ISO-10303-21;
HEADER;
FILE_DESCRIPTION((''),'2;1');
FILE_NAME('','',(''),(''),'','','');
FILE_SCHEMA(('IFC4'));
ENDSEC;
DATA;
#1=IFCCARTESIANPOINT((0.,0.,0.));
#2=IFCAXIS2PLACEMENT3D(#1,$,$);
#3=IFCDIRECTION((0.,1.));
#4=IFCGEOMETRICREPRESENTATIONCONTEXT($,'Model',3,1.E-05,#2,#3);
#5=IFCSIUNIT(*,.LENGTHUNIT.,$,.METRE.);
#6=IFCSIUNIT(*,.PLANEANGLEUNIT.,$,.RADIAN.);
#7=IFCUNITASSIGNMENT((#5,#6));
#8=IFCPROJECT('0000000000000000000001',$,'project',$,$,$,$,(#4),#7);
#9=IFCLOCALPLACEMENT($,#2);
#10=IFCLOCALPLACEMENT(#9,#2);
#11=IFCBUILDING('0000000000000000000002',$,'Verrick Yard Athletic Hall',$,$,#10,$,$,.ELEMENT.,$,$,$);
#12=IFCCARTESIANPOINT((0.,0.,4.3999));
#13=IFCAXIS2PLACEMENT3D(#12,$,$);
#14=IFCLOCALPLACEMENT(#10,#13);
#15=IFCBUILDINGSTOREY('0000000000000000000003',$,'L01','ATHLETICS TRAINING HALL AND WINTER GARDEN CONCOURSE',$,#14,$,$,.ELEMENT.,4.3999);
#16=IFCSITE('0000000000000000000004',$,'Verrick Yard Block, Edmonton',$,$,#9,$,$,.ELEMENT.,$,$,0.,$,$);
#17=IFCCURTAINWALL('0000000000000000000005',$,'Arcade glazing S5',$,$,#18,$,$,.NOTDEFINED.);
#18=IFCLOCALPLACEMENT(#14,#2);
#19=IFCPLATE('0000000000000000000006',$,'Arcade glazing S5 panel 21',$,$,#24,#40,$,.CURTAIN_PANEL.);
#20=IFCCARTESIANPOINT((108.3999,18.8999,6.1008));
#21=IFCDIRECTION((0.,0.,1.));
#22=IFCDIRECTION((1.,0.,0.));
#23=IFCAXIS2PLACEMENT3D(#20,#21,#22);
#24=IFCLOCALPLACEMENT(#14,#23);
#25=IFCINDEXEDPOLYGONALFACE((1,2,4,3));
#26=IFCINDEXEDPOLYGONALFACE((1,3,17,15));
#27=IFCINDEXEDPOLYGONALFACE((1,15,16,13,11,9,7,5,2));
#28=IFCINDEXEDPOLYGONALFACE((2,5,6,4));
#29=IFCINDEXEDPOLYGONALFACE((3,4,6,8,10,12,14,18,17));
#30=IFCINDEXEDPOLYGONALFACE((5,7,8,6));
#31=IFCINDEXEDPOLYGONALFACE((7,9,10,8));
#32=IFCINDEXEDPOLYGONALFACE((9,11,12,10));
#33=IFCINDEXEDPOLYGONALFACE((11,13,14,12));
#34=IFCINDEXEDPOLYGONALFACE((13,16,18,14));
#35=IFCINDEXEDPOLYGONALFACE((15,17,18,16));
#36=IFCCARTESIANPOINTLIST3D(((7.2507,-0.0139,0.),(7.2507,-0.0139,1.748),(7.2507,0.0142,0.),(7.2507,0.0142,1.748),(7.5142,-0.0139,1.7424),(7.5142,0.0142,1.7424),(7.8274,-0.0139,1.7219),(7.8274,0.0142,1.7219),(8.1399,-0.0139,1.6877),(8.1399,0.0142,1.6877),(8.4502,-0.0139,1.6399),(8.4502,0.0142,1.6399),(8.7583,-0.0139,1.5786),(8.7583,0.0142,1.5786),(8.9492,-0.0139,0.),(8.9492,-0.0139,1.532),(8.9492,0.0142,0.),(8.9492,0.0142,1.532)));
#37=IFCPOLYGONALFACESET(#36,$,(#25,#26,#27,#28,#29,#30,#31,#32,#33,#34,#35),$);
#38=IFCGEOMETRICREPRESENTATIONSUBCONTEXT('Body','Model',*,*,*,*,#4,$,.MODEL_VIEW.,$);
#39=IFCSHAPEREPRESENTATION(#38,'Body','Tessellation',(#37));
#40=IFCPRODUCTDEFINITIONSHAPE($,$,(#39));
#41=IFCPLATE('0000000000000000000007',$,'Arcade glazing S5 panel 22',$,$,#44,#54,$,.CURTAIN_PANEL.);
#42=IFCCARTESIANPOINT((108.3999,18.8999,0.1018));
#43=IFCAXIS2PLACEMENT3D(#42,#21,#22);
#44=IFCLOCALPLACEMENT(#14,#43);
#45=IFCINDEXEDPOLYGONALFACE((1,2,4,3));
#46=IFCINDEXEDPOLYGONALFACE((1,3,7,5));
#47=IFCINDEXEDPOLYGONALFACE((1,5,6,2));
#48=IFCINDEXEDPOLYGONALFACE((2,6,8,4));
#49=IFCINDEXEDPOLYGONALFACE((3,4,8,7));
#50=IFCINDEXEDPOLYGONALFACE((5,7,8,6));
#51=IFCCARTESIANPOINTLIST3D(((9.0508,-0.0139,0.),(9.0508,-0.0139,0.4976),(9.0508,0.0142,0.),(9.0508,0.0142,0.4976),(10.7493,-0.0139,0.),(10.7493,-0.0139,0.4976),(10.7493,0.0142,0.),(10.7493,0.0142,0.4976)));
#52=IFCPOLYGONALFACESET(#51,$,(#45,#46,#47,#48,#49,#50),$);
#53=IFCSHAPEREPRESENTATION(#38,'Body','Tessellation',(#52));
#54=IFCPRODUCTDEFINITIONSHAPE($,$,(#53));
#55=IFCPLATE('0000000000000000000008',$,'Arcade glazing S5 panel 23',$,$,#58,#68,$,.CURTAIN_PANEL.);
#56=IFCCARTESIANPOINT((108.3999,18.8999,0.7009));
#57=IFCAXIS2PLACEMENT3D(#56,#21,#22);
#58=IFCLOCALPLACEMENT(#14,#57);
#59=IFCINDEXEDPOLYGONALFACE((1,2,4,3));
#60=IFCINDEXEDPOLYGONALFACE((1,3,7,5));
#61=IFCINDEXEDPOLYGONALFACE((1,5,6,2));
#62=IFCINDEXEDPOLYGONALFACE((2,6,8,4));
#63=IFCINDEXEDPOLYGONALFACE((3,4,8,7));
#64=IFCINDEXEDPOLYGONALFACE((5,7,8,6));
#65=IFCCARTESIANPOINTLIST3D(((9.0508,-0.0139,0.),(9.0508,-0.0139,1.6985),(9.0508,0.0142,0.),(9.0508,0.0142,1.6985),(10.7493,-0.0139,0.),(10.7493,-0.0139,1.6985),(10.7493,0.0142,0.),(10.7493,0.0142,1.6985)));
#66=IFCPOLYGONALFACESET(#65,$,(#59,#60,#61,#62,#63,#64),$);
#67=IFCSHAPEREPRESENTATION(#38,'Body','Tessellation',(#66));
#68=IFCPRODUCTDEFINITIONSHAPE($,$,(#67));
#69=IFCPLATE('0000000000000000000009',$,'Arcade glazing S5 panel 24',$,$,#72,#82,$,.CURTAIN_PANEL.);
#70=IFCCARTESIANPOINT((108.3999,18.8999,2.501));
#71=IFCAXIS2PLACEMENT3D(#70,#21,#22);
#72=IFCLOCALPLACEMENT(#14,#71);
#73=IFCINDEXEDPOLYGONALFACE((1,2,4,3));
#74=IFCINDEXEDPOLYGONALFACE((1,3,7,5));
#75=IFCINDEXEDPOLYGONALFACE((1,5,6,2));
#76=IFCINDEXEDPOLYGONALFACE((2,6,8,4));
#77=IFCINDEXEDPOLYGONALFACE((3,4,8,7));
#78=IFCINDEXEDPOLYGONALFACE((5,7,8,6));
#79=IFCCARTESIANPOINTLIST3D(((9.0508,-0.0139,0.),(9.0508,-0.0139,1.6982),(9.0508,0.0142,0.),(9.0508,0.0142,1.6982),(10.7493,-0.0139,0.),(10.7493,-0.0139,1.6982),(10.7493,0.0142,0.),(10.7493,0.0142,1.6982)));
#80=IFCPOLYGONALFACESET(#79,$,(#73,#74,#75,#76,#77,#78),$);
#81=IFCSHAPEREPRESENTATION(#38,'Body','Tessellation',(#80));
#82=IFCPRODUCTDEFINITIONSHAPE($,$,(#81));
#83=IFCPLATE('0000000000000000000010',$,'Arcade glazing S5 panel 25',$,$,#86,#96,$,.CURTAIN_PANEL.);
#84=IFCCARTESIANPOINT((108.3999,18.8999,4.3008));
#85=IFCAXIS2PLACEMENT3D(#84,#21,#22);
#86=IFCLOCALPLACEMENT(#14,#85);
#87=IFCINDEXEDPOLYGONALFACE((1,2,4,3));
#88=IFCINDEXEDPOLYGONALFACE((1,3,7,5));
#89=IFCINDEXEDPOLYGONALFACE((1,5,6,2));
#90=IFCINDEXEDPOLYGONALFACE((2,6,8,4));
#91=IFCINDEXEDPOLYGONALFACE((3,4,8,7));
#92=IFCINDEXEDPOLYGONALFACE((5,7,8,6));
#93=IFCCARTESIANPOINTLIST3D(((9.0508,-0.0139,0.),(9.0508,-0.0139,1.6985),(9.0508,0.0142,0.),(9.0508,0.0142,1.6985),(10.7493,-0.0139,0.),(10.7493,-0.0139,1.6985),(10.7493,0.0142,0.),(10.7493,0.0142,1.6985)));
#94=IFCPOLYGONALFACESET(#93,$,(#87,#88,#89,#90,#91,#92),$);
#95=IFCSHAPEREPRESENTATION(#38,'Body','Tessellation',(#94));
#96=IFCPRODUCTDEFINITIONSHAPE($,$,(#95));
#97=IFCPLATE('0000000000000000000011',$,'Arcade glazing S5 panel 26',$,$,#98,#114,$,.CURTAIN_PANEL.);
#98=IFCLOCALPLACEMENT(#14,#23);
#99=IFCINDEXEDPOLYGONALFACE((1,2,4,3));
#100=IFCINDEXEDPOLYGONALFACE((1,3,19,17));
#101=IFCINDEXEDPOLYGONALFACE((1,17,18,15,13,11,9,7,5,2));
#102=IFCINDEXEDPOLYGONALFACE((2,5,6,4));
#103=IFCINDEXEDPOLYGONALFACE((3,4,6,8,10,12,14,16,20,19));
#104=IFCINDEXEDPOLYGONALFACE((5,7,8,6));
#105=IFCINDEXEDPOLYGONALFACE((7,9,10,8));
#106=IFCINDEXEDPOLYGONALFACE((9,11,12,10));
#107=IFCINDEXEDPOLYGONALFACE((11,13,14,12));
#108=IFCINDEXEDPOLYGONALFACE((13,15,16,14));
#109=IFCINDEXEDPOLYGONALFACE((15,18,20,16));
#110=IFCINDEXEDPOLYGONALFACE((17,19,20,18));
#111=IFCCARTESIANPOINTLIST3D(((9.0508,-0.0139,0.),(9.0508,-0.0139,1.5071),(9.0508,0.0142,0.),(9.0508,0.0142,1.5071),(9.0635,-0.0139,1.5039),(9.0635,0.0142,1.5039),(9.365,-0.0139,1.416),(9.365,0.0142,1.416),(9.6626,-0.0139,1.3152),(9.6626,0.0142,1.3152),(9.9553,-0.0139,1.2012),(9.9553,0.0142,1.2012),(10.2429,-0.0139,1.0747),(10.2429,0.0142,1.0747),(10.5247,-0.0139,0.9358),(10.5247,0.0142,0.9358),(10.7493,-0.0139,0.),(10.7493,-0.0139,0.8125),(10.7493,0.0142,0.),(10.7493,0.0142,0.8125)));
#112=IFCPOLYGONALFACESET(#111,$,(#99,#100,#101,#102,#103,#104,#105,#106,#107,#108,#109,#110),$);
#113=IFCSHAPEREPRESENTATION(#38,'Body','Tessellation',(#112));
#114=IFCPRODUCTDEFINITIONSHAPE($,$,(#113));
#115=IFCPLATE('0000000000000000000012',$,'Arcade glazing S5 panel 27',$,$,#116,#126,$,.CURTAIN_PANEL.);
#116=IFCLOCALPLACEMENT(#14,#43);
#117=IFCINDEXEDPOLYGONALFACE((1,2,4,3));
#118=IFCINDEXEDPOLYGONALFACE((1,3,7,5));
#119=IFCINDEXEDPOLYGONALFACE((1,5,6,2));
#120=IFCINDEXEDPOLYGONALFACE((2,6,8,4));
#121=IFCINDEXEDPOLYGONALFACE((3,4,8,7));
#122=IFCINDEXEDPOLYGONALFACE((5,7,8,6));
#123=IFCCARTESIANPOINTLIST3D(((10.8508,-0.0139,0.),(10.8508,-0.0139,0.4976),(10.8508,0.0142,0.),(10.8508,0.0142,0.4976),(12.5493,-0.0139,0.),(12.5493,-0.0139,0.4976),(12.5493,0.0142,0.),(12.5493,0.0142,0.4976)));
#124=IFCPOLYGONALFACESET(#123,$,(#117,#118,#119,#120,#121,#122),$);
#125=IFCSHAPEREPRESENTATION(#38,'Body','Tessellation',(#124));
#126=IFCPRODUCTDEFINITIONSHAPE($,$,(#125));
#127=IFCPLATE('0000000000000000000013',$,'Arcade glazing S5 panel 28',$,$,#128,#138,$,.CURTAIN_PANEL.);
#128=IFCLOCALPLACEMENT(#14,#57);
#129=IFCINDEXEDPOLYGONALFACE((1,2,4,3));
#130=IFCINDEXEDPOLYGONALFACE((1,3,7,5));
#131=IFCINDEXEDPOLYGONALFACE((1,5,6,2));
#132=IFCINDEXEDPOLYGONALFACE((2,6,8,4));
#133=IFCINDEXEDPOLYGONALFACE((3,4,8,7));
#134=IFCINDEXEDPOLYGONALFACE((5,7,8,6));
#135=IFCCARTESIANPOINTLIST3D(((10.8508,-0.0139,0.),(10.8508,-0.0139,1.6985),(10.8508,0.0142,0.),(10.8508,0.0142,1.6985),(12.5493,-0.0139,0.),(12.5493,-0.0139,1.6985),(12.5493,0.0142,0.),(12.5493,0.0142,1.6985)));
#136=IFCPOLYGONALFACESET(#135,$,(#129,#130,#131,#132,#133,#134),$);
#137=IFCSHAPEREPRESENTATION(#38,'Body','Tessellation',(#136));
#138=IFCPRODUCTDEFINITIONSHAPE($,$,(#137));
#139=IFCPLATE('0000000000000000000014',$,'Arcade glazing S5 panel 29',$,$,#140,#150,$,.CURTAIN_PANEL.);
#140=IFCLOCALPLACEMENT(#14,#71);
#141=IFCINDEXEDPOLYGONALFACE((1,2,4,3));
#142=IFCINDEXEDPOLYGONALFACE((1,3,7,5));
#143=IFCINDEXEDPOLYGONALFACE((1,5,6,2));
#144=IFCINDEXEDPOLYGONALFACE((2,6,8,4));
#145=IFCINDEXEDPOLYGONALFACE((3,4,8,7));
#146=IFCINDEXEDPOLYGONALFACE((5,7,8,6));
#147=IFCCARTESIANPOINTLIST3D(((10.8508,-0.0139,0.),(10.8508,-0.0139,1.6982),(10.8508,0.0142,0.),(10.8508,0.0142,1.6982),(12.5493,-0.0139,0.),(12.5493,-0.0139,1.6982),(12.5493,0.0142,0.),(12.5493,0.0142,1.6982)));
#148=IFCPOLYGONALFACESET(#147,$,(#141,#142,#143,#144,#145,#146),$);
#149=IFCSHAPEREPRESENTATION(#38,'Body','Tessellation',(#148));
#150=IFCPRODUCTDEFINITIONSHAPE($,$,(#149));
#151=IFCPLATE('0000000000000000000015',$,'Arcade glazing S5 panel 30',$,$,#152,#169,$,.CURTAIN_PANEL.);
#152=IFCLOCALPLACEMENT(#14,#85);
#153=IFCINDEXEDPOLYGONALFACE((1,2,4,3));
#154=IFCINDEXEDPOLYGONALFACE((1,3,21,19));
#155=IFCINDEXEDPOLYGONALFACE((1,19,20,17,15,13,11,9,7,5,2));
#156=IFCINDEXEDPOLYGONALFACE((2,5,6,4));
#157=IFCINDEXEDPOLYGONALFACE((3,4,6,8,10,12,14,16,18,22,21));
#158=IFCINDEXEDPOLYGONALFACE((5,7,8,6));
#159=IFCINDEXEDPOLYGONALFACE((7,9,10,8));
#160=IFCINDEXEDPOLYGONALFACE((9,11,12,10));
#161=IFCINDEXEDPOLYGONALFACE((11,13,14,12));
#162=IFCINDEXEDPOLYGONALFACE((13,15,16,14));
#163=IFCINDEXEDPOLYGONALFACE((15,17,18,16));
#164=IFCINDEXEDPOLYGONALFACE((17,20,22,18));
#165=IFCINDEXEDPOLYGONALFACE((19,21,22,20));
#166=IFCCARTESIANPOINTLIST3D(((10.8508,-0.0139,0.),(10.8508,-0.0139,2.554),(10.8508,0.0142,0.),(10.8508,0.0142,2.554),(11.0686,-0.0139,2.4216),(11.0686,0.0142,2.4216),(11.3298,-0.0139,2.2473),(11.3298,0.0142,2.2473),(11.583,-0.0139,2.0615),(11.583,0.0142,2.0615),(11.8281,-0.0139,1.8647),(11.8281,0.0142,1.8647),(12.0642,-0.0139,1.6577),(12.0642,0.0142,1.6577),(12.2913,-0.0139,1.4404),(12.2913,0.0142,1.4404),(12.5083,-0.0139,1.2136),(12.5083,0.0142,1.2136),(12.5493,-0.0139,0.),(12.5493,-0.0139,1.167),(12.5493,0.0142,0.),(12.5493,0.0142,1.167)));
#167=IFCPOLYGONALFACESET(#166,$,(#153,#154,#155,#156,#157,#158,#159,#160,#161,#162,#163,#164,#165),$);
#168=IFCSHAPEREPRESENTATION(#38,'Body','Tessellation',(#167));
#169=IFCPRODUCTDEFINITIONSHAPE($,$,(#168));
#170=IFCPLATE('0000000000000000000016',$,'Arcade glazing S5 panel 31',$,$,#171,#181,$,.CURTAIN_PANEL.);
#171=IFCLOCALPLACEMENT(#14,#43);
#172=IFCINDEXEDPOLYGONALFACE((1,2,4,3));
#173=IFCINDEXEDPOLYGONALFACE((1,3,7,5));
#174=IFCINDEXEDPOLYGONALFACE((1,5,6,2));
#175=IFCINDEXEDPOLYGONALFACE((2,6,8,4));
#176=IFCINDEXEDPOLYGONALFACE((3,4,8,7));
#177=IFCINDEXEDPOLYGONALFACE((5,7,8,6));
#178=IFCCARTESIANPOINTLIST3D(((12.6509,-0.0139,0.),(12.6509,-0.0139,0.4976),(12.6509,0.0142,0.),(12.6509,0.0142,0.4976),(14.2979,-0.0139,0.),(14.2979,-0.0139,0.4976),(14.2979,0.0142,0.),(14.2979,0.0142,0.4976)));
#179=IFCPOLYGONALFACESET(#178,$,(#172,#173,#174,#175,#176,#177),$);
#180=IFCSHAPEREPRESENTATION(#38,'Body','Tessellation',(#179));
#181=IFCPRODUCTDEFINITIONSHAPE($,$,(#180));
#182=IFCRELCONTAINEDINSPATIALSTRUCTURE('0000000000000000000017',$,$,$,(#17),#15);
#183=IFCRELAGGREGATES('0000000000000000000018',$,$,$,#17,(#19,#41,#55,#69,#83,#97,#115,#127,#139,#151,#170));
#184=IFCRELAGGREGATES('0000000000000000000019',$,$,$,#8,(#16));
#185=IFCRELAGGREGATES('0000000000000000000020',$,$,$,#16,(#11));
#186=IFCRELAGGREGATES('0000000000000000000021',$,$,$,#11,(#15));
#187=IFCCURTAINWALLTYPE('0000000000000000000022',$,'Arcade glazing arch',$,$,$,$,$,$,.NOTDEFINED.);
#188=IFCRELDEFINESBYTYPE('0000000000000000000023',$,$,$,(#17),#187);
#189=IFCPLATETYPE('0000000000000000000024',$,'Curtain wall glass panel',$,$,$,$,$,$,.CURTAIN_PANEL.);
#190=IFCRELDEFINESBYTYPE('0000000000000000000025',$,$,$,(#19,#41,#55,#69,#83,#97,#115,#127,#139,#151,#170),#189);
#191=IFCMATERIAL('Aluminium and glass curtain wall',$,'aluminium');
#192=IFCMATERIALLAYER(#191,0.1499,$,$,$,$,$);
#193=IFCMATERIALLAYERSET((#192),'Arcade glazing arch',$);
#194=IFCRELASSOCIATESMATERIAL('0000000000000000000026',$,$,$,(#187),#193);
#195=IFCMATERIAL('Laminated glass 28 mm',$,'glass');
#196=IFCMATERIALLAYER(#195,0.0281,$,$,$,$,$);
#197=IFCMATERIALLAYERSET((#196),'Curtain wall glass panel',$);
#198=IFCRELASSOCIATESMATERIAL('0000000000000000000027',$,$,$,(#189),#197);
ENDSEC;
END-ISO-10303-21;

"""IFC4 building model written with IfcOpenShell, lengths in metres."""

from ifc_helpers import new_model, si_unit, direction, frame, origin, place, context, subcontext, project, spatial, polyline, outline, extrude, material, layer, layer_set, type_object, element, aggregate, save


model = new_model("IFC4")

# Units and contexts
model_context = context("Model", 3, precision=1e-05, world=origin(), true_north=direction((0.0, 1.0)))
body_context = subcontext(model_context, "Body", "Model", "MODEL_VIEW")
ifc_project = project(units=[si_unit("LENGTHUNIT", "METRE"), si_unit("PLANEANGLEUNIT", "RADIAN")], contexts=[model_context])

# Site, building, storey
site_placement = place(None, origin())
site = spatial("IfcSite", under=ifc_project, at=site_placement, Name="Verrick Yard Block, Edmonton", CompositionType="ELEMENT", RefElevation=0.0)
building_placement = place(site_placement, origin())
building = spatial("IfcBuilding", under=site, at=building_placement, Name="Verrick Yard Athletic Hall", CompositionType="ELEMENT")
storey_placement = place(building_placement, frame((0.0, 0.0, 4.3999)))
storey = spatial("IfcBuildingStorey", under=building, at=storey_placement, Name="L01", Description="ATHLETICS TRAINING HALL AND WINTER GARDEN CONCOURSE", CompositionType="ELEMENT", Elevation=4.3999)

# Curtain wall, plates
ifc_material_1 = material(Name="Aluminium and glass curtain wall", Category="aluminium")
ifc_layer_1 = layer(ifc_material_1, 0.1499)
ifc_layer_set_1 = layer_set([ifc_layer_1], Name="Arcade glazing arch")
curtain_wall_type = type_object("IfcCurtainWallType", Name="Arcade glazing arch", PredefinedType="NOTDEFINED", material=ifc_layer_set_1)
curtain_wall_placement = place(storey_placement, origin())
curtain_wall = element("IfcCurtainWall", 1, at=curtain_wall_placement, inside=storey, type_object=curtain_wall_type, Name="Arcade glazing S5", PredefinedType="NOTDEFINED")
ifc_material_2 = material(Name="Laminated glass 28 mm", Category="glass")
ifc_layer_2 = layer(ifc_material_2, 0.0281)
ifc_layer_set_2 = layer_set([ifc_layer_2], Name="Curtain wall glass panel")
plate_type = type_object("IfcPlateType", Name="Curtain wall glass panel", PredefinedType="CURTAIN_PANEL", material=ifc_layer_set_2)
plate_1_placement = place(storey_placement, frame((108.3999, 18.8999, 6.1008), z_axis=(0.0, 0.0, 1.0), x_axis=(1.0, 0.0, 0.0)))
plate_1 = element("IfcPlate", 2, at=plate_1_placement, type_object=plate_type, Name="Arcade glazing S5 panel 21", PredefinedType="CURTAIN_PANEL", context=body_context, shape_type="SweptSolid", body=[
    extrude(outline(polyline([(8.9492, 1.532), (8.7583, 1.5786), (8.4502, 1.6399), (8.1399, 1.6877), (7.8274, 1.7219), (7.5142, 1.7424), (7.2507, 1.748), (7.2507, 0.0), (8.9492, 0.0), (8.9492, 1.532)])), frame((0.0, 0.0142, 0.0), z_axis=(0.0, -1.0, 0.0), x_axis=(1.0, 0.0, 0.0)), (0.0, 0.0, 1.0), 0.0281),
])
plate_2_placement = place(storey_placement, frame((108.3999, 18.8999, 0.1018), z_axis=(0.0, 0.0, 1.0), x_axis=(1.0, 0.0, 0.0)))
plate_2 = element("IfcPlate", 3, at=plate_2_placement, type_object=plate_type, Name="Arcade glazing S5 panel 22", PredefinedType="CURTAIN_PANEL", context=body_context, shape_type="SweptSolid", body=[
    extrude(outline(polyline([(10.7493, 0.0), (10.7493, 0.4976), (9.0508, 0.4976), (9.0508, 0.0), (10.7493, 0.0)])), frame((0.0, 0.0142, 0.0), z_axis=(0.0, -1.0, 0.0), x_axis=(1.0, 0.0, 0.0)), (0.0, 0.0, 1.0), 0.0281),
])
plate_3_placement = place(storey_placement, frame((108.3999, 18.8999, 0.7009), z_axis=(0.0, 0.0, 1.0), x_axis=(1.0, 0.0, 0.0)))
plate_3 = element("IfcPlate", 4, at=plate_3_placement, type_object=plate_type, Name="Arcade glazing S5 panel 23", PredefinedType="CURTAIN_PANEL", context=body_context, shape_type="SweptSolid", body=[
    extrude(outline(polyline([(10.7493, 0.0), (10.7493, 1.6985), (9.0508, 1.6985), (9.0508, 0.0), (10.7493, 0.0)])), frame((0.0, 0.0142, 0.0), z_axis=(0.0, -1.0, 0.0), x_axis=(1.0, 0.0, 0.0)), (0.0, 0.0, 1.0), 0.0281),
])
plate_4_placement = place(storey_placement, frame((108.3999, 18.8999, 2.501), z_axis=(0.0, 0.0, 1.0), x_axis=(1.0, 0.0, 0.0)))
plate_4 = element("IfcPlate", 5, at=plate_4_placement, type_object=plate_type, Name="Arcade glazing S5 panel 24", PredefinedType="CURTAIN_PANEL", context=body_context, shape_type="SweptSolid", body=[
    extrude(outline(polyline([(10.7493, 0.0), (10.7493, 1.6982), (9.0508, 1.6982), (9.0508, 0.0), (10.7493, 0.0)])), frame((0.0, 0.0142, 0.0), z_axis=(0.0, -1.0, 0.0), x_axis=(1.0, 0.0, 0.0)), (0.0, 0.0, 1.0), 0.0281),
])
plate_5_placement = place(storey_placement, frame((108.3999, 18.8999, 4.3008), z_axis=(0.0, 0.0, 1.0), x_axis=(1.0, 0.0, 0.0)))
plate_5 = element("IfcPlate", 6, at=plate_5_placement, type_object=plate_type, Name="Arcade glazing S5 panel 25", PredefinedType="CURTAIN_PANEL", context=body_context, shape_type="SweptSolid", body=[
    extrude(outline(polyline([(10.7493, 0.0), (10.7493, 1.6985), (9.0508, 1.6985), (9.0508, 0.0), (10.7493, 0.0)])), frame((0.0, 0.0142, 0.0), z_axis=(0.0, -1.0, 0.0), x_axis=(1.0, 0.0, 0.0)), (0.0, 0.0, 1.0), 0.0281),
])
plate_6_placement = place(storey_placement, frame((108.3999, 18.8999, 6.1008), z_axis=(0.0, 0.0, 1.0), x_axis=(1.0, 0.0, 0.0)))
plate_6 = element("IfcPlate", 7, at=plate_6_placement, type_object=plate_type, Name="Arcade glazing S5 panel 26", PredefinedType="CURTAIN_PANEL", context=body_context, shape_type="SweptSolid", body=[
    extrude(outline(polyline([(10.7493, 0.8125), (10.5247, 0.9358), (10.2429, 1.0747), (9.9553, 1.2012), (9.6626, 1.3152), (9.365, 1.416), (9.0635, 1.5039), (9.0508, 1.5071), (9.0508, 0.0), (10.7493, 0.0), (10.7493, 0.8125)])), frame((0.0, 0.0142, 0.0), z_axis=(0.0, -1.0, 0.0), x_axis=(1.0, 0.0, 0.0)), (0.0, 0.0, 1.0), 0.0281),
])
plate_7_placement = place(storey_placement, frame((108.3999, 18.8999, 0.1018), z_axis=(0.0, 0.0, 1.0), x_axis=(1.0, 0.0, 0.0)))
plate_7 = element("IfcPlate", 8, at=plate_7_placement, type_object=plate_type, Name="Arcade glazing S5 panel 27", PredefinedType="CURTAIN_PANEL", context=body_context, shape_type="SweptSolid", body=[
    extrude(outline(polyline([(12.5493, 0.0), (12.5493, 0.4976), (10.8508, 0.4976), (10.8508, 0.0), (12.5493, 0.0)])), frame((0.0, 0.0142, 0.0), z_axis=(0.0, -1.0, 0.0), x_axis=(1.0, 0.0, 0.0)), (0.0, 0.0, 1.0), 0.0281),
])
plate_8_placement = place(storey_placement, frame((108.3999, 18.8999, 0.7009), z_axis=(0.0, 0.0, 1.0), x_axis=(1.0, 0.0, 0.0)))
plate_8 = element("IfcPlate", 9, at=plate_8_placement, type_object=plate_type, Name="Arcade glazing S5 panel 28", PredefinedType="CURTAIN_PANEL", context=body_context, shape_type="SweptSolid", body=[
    extrude(outline(polyline([(12.5493, 0.0), (12.5493, 1.6985), (10.8508, 1.6985), (10.8508, 0.0), (12.5493, 0.0)])), frame((0.0, 0.0142, 0.0), z_axis=(0.0, -1.0, 0.0), x_axis=(1.0, 0.0, 0.0)), (0.0, 0.0, 1.0), 0.0281),
])
plate_9_placement = place(storey_placement, frame((108.3999, 18.8999, 2.501), z_axis=(0.0, 0.0, 1.0), x_axis=(1.0, 0.0, 0.0)))
plate_9 = element("IfcPlate", 10, at=plate_9_placement, type_object=plate_type, Name="Arcade glazing S5 panel 29", PredefinedType="CURTAIN_PANEL", context=body_context, shape_type="SweptSolid", body=[
    extrude(outline(polyline([(12.5493, 0.0), (12.5493, 1.6982), (10.8508, 1.6982), (10.8508, 0.0), (12.5493, 0.0)])), frame((0.0, 0.0142, 0.0), z_axis=(0.0, -1.0, 0.0), x_axis=(1.0, 0.0, 0.0)), (0.0, 0.0, 1.0), 0.0281),
])
plate_10_placement = place(storey_placement, frame((108.3999, 18.8999, 4.3008), z_axis=(0.0, 0.0, 1.0), x_axis=(1.0, 0.0, 0.0)))
plate_10 = element("IfcPlate", 11, at=plate_10_placement, type_object=plate_type, Name="Arcade glazing S5 panel 30", PredefinedType="CURTAIN_PANEL", context=body_context, shape_type="SweptSolid", body=[
    extrude(outline(polyline([(12.5493, 1.167), (12.5083, 1.2136), (12.2913, 1.4404), (12.0642, 1.6577), (11.8281, 1.8647), (11.583, 2.0615), (11.3298, 2.2473), (11.0686, 2.4216), (10.8508, 2.554), (10.8508, 0.0), (12.5493, 0.0), (12.5493, 1.167)])), frame((0.0, 0.0142, 0.0), z_axis=(0.0, -1.0, 0.0), x_axis=(1.0, 0.0, 0.0)), (0.0, 0.0, 1.0), 0.0281),
])
plate_11_placement = place(storey_placement, frame((108.3999, 18.8999, 0.1018), z_axis=(0.0, 0.0, 1.0), x_axis=(1.0, 0.0, 0.0)))
plate_11 = element("IfcPlate", 12, at=plate_11_placement, type_object=plate_type, Name="Arcade glazing S5 panel 31", PredefinedType="CURTAIN_PANEL", context=body_context, shape_type="SweptSolid", body=[
    extrude(outline(polyline([(14.2979, 0.0), (14.2979, 0.4976), (12.6509, 0.4976), (12.6509, 0.0), (14.2979, 0.0)])), frame((0.0, 0.0142, 0.0), z_axis=(0.0, -1.0, 0.0), x_axis=(1.0, 0.0, 0.0)), (0.0, 0.0, 1.0), 0.0281),
])
aggregate(curtain_wall, [plate_1, plate_2, plate_3, plate_4, plate_5, plate_6, plate_7, plate_8, plate_9, plate_10, plate_11])

save(model, "model.ifc")
